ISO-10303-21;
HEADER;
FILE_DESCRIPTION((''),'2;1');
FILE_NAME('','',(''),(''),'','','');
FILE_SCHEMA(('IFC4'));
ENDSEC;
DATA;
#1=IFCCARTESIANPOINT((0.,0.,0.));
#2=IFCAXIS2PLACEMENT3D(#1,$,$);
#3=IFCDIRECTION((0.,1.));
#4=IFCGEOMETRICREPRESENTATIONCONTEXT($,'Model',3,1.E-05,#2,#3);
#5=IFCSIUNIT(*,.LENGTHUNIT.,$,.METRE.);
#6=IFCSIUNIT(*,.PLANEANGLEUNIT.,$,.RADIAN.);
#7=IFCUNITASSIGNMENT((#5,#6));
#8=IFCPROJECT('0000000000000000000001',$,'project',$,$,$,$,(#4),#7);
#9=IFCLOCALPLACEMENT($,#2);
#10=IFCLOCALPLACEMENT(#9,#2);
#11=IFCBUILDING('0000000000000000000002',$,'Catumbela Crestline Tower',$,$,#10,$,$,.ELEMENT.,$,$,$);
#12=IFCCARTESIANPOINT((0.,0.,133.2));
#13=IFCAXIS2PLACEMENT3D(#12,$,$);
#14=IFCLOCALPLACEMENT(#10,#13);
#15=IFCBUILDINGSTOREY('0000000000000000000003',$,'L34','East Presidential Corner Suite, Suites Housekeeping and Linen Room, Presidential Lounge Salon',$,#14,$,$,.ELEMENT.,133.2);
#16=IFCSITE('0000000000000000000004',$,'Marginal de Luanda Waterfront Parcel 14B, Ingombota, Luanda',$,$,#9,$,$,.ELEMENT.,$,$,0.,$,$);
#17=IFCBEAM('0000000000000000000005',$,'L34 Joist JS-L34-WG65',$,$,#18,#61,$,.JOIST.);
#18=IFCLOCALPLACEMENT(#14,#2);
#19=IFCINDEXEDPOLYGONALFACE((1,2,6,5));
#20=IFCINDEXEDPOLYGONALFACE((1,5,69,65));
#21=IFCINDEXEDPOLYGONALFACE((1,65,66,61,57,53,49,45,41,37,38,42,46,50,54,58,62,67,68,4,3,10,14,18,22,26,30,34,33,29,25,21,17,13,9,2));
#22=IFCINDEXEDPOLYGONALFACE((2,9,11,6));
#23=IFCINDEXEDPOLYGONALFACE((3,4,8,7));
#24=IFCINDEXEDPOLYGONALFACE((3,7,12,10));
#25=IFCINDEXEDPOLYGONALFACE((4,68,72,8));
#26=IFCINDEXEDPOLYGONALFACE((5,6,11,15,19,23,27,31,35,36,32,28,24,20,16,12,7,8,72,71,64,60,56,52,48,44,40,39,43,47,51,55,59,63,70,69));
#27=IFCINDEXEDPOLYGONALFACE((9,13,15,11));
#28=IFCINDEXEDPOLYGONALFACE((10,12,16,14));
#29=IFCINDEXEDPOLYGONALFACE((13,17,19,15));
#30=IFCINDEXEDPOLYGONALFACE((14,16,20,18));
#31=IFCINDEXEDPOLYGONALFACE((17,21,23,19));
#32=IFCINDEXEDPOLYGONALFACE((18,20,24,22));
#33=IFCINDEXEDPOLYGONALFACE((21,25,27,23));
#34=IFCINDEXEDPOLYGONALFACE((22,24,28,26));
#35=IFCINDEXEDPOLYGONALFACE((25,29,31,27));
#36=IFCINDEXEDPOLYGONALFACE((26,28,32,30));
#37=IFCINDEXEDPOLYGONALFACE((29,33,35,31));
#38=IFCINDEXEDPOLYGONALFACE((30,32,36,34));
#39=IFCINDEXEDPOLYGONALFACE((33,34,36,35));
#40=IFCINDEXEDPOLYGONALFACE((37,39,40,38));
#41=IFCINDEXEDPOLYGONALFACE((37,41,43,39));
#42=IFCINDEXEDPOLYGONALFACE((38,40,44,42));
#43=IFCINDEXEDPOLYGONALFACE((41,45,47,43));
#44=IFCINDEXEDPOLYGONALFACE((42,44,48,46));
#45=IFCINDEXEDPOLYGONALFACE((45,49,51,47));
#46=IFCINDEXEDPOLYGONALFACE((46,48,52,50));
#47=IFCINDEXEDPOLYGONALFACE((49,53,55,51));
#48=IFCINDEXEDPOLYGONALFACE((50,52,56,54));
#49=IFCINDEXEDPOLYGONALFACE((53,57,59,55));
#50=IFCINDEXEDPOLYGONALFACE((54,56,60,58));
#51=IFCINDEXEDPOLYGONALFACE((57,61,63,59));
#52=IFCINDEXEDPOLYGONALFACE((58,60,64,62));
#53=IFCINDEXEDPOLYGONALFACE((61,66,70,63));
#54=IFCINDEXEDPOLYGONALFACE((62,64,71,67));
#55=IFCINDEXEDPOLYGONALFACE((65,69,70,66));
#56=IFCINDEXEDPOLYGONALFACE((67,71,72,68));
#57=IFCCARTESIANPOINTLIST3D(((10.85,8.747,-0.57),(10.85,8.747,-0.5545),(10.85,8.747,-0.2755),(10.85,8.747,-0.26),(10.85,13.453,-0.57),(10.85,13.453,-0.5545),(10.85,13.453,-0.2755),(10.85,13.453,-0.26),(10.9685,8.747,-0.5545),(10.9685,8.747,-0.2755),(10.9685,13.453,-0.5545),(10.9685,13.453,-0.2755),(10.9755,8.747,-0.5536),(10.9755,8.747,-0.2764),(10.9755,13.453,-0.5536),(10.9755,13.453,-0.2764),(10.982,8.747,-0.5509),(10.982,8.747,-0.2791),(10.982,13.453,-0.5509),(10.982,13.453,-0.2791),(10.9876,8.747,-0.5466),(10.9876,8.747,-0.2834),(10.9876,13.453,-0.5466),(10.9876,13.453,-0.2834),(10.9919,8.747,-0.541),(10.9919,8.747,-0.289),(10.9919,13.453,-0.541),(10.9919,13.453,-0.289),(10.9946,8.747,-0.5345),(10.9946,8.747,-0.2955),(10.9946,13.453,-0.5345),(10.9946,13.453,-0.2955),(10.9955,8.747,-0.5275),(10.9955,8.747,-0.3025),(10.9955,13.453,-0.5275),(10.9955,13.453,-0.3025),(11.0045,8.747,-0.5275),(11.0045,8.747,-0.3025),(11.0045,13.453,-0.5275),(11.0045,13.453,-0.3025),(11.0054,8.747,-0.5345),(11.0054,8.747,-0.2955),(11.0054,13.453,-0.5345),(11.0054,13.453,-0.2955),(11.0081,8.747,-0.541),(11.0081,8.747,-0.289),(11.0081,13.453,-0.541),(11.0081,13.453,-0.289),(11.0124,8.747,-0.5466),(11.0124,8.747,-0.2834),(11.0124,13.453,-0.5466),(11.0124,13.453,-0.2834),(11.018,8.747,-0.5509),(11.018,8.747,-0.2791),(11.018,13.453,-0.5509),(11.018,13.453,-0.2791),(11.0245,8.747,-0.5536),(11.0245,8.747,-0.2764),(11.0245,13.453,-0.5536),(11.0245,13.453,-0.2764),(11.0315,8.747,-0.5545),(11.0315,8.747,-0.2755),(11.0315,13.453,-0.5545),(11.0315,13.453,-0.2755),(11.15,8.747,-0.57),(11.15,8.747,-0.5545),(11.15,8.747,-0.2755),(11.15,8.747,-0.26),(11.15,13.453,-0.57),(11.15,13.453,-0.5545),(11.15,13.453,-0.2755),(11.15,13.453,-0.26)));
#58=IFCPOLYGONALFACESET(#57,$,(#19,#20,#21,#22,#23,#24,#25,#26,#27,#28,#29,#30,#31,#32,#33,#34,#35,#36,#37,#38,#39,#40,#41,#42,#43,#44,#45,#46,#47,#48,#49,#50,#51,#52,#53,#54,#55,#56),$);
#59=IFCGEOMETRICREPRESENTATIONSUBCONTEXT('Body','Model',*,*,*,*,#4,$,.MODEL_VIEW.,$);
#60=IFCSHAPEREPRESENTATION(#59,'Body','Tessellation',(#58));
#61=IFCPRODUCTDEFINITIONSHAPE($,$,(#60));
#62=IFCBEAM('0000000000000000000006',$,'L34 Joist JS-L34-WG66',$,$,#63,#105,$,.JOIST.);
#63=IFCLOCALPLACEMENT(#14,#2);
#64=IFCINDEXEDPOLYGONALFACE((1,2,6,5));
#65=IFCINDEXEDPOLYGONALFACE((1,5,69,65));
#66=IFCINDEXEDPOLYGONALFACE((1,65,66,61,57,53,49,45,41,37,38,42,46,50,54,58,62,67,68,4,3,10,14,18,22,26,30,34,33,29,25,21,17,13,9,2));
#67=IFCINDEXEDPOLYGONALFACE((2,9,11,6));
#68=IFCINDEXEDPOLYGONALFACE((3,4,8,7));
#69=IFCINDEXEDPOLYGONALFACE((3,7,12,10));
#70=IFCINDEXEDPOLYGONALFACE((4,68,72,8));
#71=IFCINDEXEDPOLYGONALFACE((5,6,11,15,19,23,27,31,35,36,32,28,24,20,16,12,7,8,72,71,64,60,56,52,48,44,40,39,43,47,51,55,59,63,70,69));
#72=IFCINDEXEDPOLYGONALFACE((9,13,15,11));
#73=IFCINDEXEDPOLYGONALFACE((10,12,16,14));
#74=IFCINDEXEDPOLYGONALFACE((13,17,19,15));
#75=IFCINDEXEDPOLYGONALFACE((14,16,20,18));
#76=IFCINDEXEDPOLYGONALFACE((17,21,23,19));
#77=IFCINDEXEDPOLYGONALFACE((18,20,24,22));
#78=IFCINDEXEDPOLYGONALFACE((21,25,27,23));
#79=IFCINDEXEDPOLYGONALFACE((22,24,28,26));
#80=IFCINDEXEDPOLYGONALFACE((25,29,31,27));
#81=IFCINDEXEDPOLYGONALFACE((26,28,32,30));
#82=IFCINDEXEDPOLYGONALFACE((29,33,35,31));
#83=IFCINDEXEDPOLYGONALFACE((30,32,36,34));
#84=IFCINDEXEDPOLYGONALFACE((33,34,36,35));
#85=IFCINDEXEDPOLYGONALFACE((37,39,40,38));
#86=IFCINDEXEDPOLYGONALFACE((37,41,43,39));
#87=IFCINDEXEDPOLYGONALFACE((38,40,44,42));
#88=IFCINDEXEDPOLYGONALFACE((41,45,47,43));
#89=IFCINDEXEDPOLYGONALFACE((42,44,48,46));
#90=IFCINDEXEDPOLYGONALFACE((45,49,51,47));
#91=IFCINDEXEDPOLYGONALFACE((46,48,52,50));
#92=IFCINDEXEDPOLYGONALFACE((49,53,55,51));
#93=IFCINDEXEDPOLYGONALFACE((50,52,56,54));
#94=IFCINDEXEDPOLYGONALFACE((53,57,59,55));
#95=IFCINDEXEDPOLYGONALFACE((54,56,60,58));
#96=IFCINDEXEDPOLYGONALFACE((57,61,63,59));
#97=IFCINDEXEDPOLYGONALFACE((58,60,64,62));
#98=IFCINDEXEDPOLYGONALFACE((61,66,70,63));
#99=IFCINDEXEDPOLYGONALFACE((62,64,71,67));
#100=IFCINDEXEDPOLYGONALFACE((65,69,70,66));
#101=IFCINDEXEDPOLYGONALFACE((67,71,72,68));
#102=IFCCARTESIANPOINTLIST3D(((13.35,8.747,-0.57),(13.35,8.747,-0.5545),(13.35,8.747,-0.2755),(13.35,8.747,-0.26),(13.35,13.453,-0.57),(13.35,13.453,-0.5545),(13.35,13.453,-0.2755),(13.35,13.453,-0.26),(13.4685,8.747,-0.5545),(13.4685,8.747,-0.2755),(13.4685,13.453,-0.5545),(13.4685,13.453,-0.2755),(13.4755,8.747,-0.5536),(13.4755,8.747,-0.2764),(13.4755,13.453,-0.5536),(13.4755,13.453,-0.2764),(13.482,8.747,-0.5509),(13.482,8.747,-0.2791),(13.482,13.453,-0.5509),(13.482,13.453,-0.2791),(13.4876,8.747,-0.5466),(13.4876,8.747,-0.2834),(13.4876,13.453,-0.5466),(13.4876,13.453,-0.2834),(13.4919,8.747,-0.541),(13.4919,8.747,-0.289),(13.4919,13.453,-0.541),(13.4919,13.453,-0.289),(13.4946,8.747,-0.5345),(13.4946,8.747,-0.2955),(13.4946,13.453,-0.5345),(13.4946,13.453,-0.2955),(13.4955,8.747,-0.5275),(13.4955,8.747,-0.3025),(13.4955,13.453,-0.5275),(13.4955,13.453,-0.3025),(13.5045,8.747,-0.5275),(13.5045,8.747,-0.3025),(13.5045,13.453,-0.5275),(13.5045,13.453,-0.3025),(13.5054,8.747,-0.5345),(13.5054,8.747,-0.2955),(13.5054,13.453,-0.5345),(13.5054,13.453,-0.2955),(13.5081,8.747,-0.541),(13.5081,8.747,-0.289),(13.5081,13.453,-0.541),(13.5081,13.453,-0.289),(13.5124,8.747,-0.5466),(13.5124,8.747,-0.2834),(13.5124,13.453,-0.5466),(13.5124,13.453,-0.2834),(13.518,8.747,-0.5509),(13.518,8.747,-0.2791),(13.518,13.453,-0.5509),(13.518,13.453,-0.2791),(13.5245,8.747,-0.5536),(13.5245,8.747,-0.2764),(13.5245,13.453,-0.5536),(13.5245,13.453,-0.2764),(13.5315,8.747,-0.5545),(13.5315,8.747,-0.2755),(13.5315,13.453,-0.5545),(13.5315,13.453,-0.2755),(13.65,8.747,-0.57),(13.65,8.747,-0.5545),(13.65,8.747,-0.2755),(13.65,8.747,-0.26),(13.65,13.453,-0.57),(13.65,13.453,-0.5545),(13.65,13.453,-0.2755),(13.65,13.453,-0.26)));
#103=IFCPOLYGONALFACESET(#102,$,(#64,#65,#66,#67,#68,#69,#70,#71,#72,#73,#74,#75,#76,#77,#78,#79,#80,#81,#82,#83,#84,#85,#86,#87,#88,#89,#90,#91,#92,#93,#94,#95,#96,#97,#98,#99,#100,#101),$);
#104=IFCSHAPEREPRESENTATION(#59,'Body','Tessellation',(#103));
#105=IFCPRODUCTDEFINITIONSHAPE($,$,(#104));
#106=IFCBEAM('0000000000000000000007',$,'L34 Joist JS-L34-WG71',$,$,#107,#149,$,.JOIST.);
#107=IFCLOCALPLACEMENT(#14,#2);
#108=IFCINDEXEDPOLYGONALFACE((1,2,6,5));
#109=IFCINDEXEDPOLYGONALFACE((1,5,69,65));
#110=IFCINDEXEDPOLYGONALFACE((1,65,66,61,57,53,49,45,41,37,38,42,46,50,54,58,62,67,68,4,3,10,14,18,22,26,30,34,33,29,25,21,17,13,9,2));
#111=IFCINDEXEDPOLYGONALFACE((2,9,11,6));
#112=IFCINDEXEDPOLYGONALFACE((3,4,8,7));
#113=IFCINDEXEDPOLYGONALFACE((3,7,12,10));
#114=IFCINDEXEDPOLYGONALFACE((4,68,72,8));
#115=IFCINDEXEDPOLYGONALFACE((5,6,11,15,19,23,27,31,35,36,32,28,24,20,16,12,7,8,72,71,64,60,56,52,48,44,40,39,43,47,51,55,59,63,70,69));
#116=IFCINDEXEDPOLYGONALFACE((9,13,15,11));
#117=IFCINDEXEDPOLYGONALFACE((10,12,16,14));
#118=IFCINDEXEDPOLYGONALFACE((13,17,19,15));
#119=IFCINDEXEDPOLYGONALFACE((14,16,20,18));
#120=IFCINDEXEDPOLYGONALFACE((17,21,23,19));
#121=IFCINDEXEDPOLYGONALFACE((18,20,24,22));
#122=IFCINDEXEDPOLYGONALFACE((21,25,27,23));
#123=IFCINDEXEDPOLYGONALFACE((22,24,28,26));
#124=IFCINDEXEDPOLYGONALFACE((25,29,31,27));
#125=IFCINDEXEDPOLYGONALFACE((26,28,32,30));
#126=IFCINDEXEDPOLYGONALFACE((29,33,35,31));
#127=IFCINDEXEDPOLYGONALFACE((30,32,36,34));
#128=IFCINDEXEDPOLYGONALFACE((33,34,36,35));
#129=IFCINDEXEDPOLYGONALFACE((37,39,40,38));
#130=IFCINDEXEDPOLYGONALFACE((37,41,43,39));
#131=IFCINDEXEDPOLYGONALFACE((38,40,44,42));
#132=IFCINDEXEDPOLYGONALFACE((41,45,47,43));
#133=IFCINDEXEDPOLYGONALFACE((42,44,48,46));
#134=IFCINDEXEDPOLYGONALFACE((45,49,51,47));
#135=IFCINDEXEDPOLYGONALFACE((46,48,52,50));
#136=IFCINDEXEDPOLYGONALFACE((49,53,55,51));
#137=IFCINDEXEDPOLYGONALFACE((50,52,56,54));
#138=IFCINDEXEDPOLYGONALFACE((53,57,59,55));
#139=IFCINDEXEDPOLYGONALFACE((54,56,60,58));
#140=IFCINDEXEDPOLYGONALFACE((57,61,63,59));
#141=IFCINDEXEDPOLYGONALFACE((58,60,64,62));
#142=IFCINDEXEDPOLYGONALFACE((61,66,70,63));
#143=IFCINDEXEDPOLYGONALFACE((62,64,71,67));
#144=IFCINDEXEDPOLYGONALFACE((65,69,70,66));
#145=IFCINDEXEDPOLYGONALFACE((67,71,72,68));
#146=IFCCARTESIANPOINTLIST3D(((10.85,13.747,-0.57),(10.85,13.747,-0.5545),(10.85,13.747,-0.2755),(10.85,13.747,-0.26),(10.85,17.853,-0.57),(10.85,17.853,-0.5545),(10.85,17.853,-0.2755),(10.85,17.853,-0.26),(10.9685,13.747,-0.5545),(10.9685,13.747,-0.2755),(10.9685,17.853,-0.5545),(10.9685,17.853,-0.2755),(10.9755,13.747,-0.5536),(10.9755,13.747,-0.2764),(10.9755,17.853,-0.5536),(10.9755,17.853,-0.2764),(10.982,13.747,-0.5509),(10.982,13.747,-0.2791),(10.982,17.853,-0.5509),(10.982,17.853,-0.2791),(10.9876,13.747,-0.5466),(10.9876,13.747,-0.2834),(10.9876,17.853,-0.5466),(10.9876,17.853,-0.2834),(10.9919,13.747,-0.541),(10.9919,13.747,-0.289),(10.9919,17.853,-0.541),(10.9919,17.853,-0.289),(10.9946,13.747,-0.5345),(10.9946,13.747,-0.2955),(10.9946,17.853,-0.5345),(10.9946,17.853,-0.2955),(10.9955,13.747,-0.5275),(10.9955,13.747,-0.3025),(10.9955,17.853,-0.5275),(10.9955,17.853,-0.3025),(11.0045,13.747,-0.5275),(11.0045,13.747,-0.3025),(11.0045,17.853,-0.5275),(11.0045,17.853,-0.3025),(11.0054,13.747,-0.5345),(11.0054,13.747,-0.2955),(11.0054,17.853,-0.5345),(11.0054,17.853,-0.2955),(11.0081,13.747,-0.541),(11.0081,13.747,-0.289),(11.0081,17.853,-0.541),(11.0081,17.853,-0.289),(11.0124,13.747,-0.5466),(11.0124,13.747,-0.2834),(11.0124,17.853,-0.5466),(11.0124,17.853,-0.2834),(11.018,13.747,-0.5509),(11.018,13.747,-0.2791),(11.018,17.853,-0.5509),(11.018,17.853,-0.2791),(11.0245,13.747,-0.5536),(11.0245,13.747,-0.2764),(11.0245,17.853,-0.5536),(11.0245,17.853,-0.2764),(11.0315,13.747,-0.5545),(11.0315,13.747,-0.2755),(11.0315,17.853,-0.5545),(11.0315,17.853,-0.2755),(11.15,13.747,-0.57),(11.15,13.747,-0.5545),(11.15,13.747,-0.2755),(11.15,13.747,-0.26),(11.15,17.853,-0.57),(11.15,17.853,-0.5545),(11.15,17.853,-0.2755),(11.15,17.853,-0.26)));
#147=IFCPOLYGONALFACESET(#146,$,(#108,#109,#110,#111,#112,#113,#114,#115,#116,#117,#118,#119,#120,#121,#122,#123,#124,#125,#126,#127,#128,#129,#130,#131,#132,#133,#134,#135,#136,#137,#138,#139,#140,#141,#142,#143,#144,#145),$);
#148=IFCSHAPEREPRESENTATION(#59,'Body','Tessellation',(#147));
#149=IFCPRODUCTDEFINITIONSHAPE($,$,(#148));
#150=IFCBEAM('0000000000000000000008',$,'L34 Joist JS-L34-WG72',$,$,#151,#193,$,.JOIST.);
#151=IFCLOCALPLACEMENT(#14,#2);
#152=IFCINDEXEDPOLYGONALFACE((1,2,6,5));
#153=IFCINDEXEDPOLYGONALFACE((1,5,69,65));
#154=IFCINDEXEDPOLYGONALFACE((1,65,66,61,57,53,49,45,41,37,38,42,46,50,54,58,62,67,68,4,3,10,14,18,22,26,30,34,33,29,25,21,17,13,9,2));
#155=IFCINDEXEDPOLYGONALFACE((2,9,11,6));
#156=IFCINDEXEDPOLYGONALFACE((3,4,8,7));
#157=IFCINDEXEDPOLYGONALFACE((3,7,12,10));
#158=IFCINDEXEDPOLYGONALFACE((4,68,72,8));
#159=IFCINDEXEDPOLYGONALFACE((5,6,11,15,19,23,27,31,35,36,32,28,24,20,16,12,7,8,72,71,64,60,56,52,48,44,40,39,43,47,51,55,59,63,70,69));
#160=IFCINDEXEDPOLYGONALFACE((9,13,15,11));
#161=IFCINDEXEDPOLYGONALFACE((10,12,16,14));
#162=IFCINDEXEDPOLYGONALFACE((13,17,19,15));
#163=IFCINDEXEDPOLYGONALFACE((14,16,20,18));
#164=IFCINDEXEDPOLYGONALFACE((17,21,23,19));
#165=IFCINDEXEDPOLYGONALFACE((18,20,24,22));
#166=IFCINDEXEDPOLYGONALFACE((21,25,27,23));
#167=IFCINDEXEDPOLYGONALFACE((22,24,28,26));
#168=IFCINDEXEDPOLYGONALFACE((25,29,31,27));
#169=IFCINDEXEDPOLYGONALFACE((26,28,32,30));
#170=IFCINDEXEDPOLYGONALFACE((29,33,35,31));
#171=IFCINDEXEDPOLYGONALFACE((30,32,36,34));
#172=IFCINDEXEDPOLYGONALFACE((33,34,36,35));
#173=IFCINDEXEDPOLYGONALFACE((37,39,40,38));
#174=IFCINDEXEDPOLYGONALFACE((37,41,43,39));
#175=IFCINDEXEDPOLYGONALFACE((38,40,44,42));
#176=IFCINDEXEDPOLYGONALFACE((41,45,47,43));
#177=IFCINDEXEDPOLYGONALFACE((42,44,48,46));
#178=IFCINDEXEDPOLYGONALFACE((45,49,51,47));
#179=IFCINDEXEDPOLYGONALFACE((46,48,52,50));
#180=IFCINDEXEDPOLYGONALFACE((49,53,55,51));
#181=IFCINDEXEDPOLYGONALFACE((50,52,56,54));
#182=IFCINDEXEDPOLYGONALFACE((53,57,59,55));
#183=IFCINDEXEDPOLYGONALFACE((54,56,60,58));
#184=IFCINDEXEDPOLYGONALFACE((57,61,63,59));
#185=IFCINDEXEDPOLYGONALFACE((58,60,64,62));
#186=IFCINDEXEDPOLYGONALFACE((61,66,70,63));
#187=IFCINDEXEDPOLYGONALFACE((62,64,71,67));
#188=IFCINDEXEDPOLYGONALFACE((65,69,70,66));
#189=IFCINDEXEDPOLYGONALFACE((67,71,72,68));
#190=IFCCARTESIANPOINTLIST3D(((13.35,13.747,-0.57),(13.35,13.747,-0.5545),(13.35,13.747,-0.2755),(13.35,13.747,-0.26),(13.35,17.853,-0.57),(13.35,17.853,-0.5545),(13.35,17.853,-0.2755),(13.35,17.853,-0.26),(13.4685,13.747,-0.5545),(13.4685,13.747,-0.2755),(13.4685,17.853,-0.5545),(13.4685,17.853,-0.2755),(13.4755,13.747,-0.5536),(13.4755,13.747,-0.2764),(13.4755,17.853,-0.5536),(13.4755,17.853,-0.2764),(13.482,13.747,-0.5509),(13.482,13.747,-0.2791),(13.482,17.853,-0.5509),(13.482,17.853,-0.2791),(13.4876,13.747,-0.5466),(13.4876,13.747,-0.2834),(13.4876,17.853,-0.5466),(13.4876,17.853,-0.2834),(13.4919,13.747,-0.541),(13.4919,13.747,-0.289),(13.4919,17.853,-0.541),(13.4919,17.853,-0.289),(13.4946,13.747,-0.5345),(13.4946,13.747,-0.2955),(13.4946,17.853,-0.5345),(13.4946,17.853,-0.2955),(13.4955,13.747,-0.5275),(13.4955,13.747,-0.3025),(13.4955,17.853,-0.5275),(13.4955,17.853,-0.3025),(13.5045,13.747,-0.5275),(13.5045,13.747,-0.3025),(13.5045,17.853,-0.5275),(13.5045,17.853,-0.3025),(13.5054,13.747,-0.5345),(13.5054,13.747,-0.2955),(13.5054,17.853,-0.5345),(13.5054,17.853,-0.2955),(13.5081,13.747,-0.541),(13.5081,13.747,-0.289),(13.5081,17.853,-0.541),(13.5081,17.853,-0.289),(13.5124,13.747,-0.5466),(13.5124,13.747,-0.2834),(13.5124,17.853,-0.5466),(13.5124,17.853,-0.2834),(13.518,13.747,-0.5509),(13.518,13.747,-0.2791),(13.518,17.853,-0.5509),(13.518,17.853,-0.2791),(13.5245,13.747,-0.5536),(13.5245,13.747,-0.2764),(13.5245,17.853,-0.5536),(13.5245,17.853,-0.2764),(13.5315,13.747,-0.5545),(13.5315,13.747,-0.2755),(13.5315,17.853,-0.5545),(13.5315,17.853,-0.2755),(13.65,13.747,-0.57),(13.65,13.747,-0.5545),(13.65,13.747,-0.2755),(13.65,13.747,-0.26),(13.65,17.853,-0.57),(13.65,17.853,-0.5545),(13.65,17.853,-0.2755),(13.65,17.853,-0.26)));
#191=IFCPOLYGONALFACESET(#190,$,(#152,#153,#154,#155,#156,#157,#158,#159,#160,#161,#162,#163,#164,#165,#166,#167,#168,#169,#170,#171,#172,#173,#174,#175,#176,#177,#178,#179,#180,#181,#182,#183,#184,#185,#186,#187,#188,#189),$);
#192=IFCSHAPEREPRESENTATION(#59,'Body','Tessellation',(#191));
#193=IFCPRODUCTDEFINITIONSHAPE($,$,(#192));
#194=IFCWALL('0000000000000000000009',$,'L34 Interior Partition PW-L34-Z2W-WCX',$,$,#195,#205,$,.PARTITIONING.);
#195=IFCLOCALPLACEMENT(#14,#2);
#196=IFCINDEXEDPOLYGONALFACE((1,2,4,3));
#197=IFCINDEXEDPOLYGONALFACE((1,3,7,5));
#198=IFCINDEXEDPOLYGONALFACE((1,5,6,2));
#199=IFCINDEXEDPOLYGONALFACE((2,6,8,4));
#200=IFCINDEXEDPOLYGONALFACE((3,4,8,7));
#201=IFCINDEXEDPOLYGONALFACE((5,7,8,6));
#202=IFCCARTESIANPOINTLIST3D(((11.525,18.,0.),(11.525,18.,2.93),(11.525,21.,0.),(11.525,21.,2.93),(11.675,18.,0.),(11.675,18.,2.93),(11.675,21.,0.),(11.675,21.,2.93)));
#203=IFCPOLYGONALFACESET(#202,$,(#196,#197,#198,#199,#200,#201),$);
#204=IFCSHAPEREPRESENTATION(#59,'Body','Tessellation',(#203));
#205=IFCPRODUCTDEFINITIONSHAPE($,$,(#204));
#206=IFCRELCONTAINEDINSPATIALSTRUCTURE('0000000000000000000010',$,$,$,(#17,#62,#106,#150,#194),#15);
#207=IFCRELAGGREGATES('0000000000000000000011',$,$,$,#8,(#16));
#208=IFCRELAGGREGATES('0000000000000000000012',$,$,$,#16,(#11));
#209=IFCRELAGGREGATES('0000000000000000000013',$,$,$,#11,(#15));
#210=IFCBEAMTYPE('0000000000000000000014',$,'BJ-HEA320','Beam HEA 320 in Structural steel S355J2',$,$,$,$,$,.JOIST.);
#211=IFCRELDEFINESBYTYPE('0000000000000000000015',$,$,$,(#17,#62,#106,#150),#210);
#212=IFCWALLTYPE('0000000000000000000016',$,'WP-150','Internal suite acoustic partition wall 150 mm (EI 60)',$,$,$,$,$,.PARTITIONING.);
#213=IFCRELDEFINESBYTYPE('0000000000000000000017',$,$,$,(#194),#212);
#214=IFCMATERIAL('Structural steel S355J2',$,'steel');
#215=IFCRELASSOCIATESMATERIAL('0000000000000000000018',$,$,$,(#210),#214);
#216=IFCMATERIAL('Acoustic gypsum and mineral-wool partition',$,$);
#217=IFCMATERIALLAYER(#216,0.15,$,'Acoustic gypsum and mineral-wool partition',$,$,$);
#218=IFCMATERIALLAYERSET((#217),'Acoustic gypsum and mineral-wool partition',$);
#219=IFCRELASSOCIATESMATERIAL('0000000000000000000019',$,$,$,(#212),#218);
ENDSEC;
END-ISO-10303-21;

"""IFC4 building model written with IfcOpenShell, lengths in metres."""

from ifc_helpers import new_model, si_unit, direction, frame, frame_2d, origin, origin_2d, place, context, subcontext, project, spatial, rectangle, i_section, extrude, material, layer, layer_set, material_profile, profile_set, type_object, element, save


model = new_model("IFC4")

# Units and contexts
model_context = context("Model", 3, precision=1e-05, world=origin(), true_north=direction((0.0, 1.0)))
body_context = subcontext(model_context, "Body", "Model", "MODEL_VIEW")
ifc_project = project(units=[si_unit("LENGTHUNIT", "METRE"), si_unit("PLANEANGLEUNIT", "RADIAN")], contexts=[model_context])

# Site, building, storey
site_placement = place(None, origin())
site = spatial("IfcSite", under=ifc_project, at=site_placement, Name="Marginal de Luanda Waterfront Parcel 14B, Ingombota, Luanda", CompositionType="ELEMENT", RefElevation=0.0)
building_placement = place(site_placement, origin())
building = spatial("IfcBuilding", under=site, at=building_placement, Name="Catumbela Crestline Tower", CompositionType="ELEMENT")
storey_placement = place(building_placement, frame((0.0, 0.0, 133.2)))
storey = spatial("IfcBuildingStorey", under=building, at=storey_placement, Name="L34", Description="East Presidential Corner Suite, Suites Housekeeping and Linen Room, Presidential Lounge Salon", CompositionType="ELEMENT", Elevation=133.2)

# Beams
ifc_material_1 = material(Name="Structural steel S355J2", Category="steel")
ifc_material_profile_1 = material_profile(ifc_material_1, i_section(OverallWidth=0.3, OverallDepth=0.31, WebThickness=0.009, FlangeThickness=0.0155, FilletRadius=0.027, at=origin_2d()), Name="HEA 320")
ifc_profile_set_1 = profile_set([ifc_material_profile_1], Name="Structural steel S355J2")
beam_type_1 = type_object("IfcBeamType", Name="BJ-HEA320", Description="Beam HEA 320 in Structural steel S355J2", PredefinedType="JOIST", material=ifc_profile_set_1)
for number, where, z_axis, x_axis, name in (
    (1, (11.0, 8.747, -0.415), (0.0, 1.0, 0.0), (-1.0, 0.0, 0.0), "L34 Joist JS-L34-WG65"),
    (2, (13.5, 8.747, -0.415), (0.0, 1.0, 0.0), (-1.0, 0.0, 0.0), "L34 Joist JS-L34-WG66"),
):
    element("IfcBeam", number, at=place(storey_placement, frame(where, z_axis=z_axis, x_axis=x_axis)), inside=storey, type_object=beam_type_1, Name=name, PredefinedType="JOIST", context=body_context, shape_type="SweptSolid", body=[
        extrude(i_section(OverallWidth=0.3, OverallDepth=0.31, WebThickness=0.009, FlangeThickness=0.0155, FilletRadius=0.027, at=origin_2d()), origin(), (0.0, 0.0, 1.0), 4.706),
    ])
for number, where, z_axis, x_axis, name in (
    (3, (11.0, 13.747, -0.415), (0.0, 1.0, 0.0), (-1.0, 0.0, 0.0), "L34 Joist JS-L34-WG71"),
    (4, (13.5, 13.747, -0.415), (0.0, 1.0, 0.0), (-1.0, 0.0, 0.0), "L34 Joist JS-L34-WG72"),
):
    element("IfcBeam", number, at=place(storey_placement, frame(where, z_axis=z_axis, x_axis=x_axis)), inside=storey, type_object=beam_type_1, Name=name, PredefinedType="JOIST", context=body_context, shape_type="SweptSolid", body=[
        extrude(i_section(OverallWidth=0.3, OverallDepth=0.31, WebThickness=0.009, FlangeThickness=0.0155, FilletRadius=0.027, at=origin_2d()), origin(), (0.0, 0.0, 1.0), 4.106),
    ])

# Wall
ifc_material_2 = material(Name="Acoustic gypsum and mineral-wool partition")
ifc_layer = layer(ifc_material_2, 0.15, Name="Acoustic gypsum and mineral-wool partition")
ifc_layer_set = layer_set([ifc_layer], Name="Acoustic gypsum and mineral-wool partition")
wall_type = type_object("IfcWallType", Name="WP-150", Description="Internal suite acoustic partition wall 150 mm (EI 60)", PredefinedType="PARTITIONING", material=ifc_layer_set)
wall_placement = place(storey_placement, frame((11.6, 18.0, 0.0), z_axis=(0.0, 0.0, 1.0), x_axis=(0.0, 1.0, 0.0)))
element("IfcWall", 5, at=wall_placement, inside=storey, type_object=wall_type, Name="L34 Interior Partition PW-L34-Z2W-WCX", PredefinedType="PARTITIONING", context=body_context, shape_type="SweptSolid", body=[
    extrude(rectangle(XDim=3.0, YDim=0.15, at=frame_2d((1.5, 0.0))), origin(), (0.0, 0.0, 1.0), 2.93),
])

save(model, "model.ifc")
